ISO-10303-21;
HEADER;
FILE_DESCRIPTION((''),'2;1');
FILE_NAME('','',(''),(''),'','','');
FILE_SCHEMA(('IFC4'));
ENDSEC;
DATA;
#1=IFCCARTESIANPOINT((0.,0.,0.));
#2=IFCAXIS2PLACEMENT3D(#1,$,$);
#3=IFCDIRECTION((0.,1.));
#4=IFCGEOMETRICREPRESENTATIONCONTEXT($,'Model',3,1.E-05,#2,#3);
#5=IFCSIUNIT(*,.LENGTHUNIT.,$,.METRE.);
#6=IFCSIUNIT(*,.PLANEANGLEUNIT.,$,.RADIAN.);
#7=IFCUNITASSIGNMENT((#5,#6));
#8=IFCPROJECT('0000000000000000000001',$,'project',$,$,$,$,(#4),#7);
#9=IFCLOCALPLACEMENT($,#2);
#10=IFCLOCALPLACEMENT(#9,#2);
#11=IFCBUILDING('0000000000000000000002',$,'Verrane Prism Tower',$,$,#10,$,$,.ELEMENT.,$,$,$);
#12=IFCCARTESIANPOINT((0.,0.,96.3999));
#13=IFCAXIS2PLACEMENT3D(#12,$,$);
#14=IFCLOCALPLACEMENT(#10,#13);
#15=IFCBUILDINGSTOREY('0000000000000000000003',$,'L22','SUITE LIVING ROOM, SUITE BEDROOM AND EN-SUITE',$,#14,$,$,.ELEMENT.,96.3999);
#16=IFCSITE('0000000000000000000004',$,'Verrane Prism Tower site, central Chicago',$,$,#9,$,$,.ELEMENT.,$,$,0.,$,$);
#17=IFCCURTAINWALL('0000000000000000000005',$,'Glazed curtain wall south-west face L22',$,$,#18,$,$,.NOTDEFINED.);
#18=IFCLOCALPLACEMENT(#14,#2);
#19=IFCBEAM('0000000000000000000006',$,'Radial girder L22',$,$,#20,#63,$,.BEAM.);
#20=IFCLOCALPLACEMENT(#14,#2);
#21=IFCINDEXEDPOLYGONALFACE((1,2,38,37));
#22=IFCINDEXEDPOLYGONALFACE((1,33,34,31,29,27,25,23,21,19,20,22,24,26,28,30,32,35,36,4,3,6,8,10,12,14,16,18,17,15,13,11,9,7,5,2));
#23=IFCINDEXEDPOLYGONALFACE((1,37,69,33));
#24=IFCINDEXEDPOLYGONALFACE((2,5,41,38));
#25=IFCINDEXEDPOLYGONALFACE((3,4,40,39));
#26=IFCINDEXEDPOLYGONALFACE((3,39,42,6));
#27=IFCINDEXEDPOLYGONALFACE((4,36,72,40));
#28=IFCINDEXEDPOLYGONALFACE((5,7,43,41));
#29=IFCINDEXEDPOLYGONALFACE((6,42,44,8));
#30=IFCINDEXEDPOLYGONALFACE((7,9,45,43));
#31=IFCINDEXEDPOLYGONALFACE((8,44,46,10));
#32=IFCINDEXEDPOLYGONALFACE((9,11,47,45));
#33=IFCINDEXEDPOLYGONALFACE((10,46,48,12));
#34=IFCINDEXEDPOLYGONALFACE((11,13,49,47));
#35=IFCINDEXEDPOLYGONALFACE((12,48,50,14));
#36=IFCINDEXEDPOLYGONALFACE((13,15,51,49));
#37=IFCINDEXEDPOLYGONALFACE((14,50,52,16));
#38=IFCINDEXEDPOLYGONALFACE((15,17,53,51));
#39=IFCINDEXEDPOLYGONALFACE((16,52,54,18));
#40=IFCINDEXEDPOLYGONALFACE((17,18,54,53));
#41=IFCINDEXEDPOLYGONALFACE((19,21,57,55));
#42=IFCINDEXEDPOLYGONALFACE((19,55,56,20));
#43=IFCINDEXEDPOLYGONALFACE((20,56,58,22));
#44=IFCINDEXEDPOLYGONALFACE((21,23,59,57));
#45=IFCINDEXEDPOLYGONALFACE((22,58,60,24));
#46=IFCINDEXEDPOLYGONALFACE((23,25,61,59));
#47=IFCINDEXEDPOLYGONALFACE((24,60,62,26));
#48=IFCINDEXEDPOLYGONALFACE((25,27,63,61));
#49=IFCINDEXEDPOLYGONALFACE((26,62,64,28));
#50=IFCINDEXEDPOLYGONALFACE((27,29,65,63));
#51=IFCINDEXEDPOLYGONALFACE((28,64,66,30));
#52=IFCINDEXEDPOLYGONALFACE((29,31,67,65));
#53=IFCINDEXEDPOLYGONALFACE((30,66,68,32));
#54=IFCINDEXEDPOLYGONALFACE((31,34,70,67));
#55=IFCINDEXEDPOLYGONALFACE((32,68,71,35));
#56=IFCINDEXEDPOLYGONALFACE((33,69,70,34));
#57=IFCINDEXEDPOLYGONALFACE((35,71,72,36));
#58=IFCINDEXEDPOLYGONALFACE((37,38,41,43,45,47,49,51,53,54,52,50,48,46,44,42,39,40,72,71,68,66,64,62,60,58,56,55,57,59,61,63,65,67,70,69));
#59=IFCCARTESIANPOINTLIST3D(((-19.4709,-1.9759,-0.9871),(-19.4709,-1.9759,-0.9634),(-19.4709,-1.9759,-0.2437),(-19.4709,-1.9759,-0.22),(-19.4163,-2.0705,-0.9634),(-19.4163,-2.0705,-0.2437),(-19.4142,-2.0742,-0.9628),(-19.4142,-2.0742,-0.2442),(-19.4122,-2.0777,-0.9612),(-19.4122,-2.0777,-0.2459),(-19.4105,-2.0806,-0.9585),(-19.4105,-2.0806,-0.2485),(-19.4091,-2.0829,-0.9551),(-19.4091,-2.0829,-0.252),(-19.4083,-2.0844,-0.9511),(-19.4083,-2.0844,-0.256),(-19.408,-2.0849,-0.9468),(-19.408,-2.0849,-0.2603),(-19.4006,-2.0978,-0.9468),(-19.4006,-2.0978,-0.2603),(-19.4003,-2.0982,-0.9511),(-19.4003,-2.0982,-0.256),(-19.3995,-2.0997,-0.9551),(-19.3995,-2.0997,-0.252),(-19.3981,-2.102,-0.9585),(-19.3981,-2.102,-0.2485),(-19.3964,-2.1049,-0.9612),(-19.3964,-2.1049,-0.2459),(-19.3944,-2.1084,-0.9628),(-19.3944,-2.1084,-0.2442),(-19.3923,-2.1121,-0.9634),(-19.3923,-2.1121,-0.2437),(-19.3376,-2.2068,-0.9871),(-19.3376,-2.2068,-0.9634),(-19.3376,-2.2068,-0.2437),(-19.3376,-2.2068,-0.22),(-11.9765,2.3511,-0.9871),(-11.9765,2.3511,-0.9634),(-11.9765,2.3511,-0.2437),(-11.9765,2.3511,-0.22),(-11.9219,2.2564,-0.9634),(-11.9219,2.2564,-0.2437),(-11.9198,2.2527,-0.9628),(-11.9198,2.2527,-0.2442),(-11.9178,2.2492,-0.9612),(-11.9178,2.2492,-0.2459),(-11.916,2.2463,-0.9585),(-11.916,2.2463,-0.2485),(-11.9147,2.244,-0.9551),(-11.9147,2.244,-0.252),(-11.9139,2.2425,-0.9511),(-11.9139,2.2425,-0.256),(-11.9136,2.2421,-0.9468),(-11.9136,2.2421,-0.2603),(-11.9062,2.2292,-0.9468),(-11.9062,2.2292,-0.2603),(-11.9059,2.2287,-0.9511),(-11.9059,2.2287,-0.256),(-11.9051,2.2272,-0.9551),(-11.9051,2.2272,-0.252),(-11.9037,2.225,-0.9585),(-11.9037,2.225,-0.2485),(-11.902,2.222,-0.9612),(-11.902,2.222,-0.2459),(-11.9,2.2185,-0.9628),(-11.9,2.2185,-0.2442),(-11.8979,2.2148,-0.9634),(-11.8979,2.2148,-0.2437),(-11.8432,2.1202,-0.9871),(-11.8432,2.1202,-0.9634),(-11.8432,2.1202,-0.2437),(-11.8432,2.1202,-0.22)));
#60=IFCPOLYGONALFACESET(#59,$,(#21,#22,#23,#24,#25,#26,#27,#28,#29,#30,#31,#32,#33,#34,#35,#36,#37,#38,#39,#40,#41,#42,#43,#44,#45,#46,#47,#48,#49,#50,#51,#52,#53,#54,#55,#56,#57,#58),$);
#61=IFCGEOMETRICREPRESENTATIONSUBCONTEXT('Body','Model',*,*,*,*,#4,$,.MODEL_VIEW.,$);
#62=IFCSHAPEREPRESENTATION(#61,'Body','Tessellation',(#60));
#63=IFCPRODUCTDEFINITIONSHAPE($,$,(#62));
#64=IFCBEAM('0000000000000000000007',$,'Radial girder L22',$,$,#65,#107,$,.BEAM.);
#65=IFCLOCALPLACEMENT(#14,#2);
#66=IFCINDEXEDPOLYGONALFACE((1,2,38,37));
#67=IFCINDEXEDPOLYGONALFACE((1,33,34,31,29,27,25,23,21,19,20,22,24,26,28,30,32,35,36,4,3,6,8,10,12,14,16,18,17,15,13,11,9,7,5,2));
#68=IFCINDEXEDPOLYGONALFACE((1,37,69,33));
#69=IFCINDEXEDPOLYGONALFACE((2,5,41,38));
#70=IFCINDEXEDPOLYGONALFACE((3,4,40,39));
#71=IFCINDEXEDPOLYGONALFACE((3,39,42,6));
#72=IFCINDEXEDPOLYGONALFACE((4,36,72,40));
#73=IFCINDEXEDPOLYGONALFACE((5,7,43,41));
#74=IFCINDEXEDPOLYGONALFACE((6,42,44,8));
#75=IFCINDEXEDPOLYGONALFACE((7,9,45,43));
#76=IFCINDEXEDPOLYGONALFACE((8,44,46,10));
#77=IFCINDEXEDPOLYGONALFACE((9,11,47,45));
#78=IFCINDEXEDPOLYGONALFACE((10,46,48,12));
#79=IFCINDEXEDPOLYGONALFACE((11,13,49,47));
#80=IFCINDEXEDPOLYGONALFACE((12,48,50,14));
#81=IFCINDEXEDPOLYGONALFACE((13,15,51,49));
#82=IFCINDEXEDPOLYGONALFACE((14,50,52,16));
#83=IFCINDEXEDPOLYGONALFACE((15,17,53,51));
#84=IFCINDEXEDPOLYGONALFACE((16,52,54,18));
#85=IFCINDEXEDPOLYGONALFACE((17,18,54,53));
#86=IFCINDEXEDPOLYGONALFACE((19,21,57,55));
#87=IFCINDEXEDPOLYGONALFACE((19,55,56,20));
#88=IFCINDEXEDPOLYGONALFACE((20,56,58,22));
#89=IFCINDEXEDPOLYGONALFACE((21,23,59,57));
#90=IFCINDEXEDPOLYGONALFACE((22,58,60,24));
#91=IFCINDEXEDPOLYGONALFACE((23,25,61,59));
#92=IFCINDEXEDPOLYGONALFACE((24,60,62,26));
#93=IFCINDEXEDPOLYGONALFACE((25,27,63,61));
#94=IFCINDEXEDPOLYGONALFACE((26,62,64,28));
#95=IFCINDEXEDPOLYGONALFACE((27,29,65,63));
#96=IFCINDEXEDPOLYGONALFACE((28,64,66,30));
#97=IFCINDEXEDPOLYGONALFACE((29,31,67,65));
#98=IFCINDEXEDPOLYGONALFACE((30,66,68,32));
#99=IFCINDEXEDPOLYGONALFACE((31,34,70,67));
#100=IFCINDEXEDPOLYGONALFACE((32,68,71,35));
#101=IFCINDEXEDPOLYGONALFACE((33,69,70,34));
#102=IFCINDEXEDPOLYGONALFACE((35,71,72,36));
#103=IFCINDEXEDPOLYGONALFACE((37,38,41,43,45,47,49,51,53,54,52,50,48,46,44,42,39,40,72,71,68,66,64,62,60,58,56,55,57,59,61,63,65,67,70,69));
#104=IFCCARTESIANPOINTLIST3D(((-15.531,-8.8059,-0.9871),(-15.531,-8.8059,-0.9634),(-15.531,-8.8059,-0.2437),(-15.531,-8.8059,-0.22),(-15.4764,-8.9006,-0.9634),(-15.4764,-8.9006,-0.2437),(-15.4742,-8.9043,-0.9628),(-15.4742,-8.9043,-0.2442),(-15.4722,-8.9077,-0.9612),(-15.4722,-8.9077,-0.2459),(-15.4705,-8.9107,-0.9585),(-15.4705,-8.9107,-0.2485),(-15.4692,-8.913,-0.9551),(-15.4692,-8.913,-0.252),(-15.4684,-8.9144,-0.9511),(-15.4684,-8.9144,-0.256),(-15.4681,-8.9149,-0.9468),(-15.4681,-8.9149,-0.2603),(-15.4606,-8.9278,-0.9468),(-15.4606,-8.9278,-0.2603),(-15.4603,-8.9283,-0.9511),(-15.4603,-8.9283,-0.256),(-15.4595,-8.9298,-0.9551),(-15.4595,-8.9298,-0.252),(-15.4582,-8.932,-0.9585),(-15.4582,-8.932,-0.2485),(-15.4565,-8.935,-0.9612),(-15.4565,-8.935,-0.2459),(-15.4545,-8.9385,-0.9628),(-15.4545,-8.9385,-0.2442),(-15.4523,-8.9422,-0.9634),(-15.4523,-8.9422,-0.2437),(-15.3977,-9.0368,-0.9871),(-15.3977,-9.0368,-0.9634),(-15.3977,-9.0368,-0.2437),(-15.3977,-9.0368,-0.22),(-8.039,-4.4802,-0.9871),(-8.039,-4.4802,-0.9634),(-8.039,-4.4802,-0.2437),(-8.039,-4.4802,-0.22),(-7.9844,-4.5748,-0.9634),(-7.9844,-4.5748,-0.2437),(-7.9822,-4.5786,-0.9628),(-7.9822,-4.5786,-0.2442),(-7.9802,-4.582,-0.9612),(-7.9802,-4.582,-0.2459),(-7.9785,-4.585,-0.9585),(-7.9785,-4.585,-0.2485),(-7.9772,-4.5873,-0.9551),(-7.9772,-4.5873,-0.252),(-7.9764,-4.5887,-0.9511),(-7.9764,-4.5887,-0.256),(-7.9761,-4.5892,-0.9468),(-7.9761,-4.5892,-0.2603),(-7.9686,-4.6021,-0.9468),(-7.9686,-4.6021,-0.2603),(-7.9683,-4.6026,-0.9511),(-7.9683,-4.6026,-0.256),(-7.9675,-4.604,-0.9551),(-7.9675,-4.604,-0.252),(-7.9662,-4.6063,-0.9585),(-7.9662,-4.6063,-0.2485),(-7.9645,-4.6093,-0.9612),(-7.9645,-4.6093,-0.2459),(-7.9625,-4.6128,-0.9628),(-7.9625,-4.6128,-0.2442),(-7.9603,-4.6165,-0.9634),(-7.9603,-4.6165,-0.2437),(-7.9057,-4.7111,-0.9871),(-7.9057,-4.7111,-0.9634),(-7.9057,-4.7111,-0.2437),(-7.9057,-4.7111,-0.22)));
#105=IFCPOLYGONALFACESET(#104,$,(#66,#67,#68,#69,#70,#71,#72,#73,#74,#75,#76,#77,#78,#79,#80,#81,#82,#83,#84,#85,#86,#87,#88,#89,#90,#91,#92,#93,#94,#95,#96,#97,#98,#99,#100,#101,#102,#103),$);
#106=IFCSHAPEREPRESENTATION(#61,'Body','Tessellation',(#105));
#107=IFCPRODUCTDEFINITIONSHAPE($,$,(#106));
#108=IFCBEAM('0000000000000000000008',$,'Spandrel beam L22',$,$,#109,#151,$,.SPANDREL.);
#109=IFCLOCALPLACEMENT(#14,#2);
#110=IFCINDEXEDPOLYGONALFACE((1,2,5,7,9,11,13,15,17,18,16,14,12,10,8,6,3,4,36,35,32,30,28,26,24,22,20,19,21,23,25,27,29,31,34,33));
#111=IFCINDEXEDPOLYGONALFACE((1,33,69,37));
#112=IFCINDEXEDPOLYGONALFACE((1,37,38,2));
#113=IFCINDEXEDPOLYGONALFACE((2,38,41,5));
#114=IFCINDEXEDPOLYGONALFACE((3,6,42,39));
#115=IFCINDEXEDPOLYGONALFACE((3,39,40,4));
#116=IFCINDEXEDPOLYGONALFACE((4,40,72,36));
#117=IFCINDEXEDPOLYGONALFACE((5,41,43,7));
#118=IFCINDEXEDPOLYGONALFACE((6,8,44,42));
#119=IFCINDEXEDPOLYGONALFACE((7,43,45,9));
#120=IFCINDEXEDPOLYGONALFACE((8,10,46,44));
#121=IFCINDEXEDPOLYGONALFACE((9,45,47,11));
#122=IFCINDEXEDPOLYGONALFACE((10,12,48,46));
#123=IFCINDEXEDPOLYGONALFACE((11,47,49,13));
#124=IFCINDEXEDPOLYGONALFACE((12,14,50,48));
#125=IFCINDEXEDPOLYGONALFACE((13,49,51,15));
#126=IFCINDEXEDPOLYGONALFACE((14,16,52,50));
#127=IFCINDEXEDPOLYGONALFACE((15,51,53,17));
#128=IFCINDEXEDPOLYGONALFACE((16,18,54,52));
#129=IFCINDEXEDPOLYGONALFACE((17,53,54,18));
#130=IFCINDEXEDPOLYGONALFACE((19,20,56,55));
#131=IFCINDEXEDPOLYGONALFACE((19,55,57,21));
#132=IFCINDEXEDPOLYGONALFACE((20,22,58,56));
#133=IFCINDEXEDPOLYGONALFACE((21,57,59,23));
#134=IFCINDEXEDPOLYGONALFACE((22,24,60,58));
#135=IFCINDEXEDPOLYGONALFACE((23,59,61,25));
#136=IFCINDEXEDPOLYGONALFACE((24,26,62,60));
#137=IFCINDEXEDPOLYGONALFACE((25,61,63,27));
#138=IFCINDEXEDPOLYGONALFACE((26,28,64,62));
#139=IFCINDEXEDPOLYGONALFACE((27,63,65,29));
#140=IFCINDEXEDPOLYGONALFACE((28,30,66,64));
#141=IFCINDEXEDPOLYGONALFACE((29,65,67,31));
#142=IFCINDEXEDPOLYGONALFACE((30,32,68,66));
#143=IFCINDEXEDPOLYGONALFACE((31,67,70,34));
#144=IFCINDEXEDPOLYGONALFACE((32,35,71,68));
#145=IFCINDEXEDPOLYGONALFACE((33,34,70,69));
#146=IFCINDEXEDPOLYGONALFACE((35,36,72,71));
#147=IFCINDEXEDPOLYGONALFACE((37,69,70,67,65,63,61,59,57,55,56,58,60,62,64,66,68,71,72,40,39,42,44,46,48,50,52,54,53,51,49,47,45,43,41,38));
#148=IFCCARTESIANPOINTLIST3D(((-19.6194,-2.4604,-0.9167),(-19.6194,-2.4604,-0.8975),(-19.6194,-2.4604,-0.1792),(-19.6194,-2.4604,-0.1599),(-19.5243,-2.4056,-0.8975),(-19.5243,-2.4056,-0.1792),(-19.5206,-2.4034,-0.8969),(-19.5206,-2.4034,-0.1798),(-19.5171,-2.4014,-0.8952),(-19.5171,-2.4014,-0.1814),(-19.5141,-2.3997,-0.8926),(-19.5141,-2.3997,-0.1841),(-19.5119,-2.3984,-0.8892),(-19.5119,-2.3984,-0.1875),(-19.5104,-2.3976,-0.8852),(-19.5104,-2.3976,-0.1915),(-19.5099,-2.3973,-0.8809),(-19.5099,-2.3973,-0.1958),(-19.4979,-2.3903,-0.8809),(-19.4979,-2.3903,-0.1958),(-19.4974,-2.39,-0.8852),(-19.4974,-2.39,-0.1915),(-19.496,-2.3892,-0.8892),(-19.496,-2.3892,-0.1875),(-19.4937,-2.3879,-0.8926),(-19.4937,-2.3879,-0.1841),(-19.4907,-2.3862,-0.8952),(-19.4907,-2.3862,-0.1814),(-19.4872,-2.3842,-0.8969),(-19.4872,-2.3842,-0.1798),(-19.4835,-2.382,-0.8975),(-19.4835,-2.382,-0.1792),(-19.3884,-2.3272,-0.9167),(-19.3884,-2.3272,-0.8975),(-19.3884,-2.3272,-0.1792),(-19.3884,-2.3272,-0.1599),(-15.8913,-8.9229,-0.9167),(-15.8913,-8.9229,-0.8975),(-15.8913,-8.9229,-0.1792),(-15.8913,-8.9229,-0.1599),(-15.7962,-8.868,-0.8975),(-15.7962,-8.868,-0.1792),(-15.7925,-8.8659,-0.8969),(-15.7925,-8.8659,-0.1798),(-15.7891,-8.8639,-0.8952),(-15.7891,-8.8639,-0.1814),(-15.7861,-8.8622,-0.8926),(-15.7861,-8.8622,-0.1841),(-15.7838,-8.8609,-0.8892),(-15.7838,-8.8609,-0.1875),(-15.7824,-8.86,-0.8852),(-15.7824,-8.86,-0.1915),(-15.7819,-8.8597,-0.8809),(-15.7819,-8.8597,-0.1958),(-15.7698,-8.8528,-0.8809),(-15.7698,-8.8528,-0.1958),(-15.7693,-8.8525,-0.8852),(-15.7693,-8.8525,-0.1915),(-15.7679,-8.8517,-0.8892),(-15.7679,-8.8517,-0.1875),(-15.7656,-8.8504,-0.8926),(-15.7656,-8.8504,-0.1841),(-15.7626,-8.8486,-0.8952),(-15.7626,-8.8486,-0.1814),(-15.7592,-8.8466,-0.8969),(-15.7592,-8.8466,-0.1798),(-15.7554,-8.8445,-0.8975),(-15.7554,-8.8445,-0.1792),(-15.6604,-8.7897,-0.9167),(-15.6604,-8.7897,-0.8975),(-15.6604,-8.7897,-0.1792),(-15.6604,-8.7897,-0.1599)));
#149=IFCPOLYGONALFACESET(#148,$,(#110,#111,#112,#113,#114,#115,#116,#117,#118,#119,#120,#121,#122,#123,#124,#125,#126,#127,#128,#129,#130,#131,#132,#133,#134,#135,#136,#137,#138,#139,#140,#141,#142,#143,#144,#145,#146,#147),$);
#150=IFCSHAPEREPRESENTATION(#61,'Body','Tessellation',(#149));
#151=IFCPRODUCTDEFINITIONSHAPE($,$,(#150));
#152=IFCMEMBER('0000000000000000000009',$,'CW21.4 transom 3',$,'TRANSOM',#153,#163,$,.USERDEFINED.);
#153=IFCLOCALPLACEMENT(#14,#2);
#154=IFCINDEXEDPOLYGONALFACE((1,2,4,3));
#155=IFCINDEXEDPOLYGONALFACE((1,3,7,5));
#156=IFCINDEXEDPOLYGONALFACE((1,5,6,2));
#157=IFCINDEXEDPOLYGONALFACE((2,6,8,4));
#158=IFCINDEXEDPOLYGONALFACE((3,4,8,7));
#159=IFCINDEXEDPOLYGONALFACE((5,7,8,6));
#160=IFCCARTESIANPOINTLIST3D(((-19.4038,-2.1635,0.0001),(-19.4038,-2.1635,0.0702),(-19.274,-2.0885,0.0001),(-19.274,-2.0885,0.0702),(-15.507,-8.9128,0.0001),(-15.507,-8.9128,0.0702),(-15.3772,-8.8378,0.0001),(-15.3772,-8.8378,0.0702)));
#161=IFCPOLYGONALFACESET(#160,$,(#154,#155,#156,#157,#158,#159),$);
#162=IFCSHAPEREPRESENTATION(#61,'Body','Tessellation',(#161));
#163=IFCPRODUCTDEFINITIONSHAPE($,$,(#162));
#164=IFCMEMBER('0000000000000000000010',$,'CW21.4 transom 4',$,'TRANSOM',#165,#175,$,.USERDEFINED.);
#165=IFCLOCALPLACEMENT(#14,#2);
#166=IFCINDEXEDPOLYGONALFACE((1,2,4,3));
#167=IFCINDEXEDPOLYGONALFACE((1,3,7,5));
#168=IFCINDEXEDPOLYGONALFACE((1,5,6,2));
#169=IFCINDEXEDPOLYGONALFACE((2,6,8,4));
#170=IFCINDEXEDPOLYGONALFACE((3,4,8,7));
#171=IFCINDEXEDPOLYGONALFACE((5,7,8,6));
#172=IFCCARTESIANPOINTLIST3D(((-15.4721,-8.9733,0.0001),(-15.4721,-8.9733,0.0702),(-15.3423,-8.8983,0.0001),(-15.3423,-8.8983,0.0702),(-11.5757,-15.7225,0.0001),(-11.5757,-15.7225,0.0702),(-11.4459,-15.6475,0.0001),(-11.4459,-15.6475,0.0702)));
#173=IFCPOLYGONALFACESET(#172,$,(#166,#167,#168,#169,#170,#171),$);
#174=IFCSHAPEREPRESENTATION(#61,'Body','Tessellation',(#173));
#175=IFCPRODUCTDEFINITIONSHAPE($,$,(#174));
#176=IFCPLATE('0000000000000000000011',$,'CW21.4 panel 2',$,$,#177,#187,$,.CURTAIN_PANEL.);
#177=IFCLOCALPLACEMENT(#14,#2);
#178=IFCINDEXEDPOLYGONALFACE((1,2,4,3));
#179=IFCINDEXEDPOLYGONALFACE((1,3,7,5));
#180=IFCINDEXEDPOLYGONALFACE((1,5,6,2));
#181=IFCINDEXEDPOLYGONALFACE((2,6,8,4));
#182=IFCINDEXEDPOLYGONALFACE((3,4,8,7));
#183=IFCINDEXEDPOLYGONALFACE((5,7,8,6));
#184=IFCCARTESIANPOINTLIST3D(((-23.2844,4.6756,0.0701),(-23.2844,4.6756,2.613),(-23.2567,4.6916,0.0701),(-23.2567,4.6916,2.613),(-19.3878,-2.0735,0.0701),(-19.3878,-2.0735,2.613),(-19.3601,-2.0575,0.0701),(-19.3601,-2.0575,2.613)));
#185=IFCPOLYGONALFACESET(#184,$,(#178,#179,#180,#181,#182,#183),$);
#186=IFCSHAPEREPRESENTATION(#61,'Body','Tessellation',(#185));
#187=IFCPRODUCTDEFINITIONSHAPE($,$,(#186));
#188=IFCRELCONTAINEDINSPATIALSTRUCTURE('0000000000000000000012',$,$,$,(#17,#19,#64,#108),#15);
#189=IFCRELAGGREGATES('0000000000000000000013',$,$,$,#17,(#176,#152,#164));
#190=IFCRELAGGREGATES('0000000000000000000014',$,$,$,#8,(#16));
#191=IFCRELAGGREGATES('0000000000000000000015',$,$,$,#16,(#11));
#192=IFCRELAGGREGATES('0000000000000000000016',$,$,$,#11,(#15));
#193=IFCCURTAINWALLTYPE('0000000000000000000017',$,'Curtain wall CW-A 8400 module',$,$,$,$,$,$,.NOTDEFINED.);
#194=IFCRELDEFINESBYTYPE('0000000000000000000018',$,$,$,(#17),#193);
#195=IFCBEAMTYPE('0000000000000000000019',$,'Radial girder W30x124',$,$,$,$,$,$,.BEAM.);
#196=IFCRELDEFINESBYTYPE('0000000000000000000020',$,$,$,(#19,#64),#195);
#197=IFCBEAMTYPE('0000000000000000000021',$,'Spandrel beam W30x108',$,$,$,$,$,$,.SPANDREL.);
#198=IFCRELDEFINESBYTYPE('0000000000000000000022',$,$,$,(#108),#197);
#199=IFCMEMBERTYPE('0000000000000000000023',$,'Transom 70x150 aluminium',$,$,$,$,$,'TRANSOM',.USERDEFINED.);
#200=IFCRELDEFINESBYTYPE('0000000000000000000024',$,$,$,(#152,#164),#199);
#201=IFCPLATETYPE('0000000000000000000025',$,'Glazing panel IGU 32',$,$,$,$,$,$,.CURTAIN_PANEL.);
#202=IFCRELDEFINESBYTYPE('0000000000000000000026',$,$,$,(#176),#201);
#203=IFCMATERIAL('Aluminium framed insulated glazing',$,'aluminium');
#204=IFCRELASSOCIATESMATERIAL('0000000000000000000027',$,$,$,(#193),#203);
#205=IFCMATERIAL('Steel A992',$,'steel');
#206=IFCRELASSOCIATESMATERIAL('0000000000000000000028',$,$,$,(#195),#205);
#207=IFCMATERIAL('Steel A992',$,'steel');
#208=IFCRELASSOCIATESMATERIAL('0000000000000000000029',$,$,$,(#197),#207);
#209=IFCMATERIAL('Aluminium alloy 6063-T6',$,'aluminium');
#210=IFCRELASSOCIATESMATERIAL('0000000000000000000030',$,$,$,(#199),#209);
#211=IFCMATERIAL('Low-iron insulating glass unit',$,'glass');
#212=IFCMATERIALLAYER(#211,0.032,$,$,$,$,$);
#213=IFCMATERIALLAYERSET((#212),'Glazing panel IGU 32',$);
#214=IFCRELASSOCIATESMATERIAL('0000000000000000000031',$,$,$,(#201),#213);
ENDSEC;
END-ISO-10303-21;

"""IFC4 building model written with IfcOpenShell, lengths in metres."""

from ifc_helpers import new_model, si_unit, direction, frame, origin, origin_2d, place, context, subcontext, project, spatial, rectangle, i_section, extrude, material, layer, layer_set, material_profile, profile_set, type_object, element, aggregate, save


model = new_model("IFC4")

# Units and contexts
model_context = context("Model", 3, precision=1e-05, world=origin(), true_north=direction((0.0, 1.0)))
body_context = subcontext(model_context, "Body", "Model", "MODEL_VIEW")
ifc_project = project(units=[si_unit("LENGTHUNIT", "METRE"), si_unit("PLANEANGLEUNIT", "RADIAN")], contexts=[model_context])

# Site, building, storey
site_placement = place(None, origin())
site = spatial("IfcSite", under=ifc_project, at=site_placement, Name="Verrane Prism Tower site, central Chicago", CompositionType="ELEMENT", RefElevation=0.0)
building_placement = place(site_placement, origin())
building = spatial("IfcBuilding", under=site, at=building_placement, Name="Verrane Prism Tower", CompositionType="ELEMENT")
storey_placement = place(building_placement, frame((0.0, 0.0, 96.3999)))
storey = spatial("IfcBuildingStorey", under=building, at=storey_placement, Name="L22", Description="SUITE LIVING ROOM, SUITE BEDROOM AND EN-SUITE", CompositionType="ELEMENT", Elevation=96.3999)

# Curtain wall
ifc_material_1 = material(Name="Aluminium framed insulated glazing", Category="aluminium")
curtain_wall_type = type_object("IfcCurtainWallType", Name="Curtain wall CW-A 8400 module", PredefinedType="NOTDEFINED", material=ifc_material_1)
curtain_wall_placement = place(storey_placement, origin())
curtain_wall = element("IfcCurtainWall", 1, at=curtain_wall_placement, inside=storey, type_object=curtain_wall_type, Name="Glazed curtain wall south-west face L22", PredefinedType="NOTDEFINED")

# Beams
ifc_material_2 = material(Name="Steel A992", Category="steel")
ifc_material_profile_1 = material_profile(ifc_material_2, i_section(OverallWidth=0.2666, OverallDepth=0.7671, WebThickness=0.0149, FlangeThickness=0.0237, FilletRadius=0.0166, at=origin_2d()), Name="W30x124")
ifc_profile_set_1 = profile_set([ifc_material_profile_1], Name="Steel A992")
beam_type_1 = type_object("IfcBeamType", Name="Radial girder W30x124", PredefinedType="BEAM", material=ifc_profile_set_1)
beam_1_placement = place(storey_placement, frame((-19.4043, -2.0913, -0.6035), z_axis=(0.866024, 0.500002, 0.0), x_axis=(-0.500002, 0.866024, 0.0)))
element("IfcBeam", 2, at=beam_1_placement, inside=storey, type_object=beam_type_1, Name="Radial girder L22", PredefinedType="BEAM", context=body_context, shape_type="SweptSolid", body=[
    extrude(i_section(OverallWidth=0.2666, OverallDepth=0.7671, WebThickness=0.0149, FlangeThickness=0.0237, FilletRadius=0.0166, at=origin_2d()), origin(), (0.0, 0.0, 1.0), 8.6538),
])
beam_2_placement = place(storey_placement, frame((-15.4644, -8.9214, -0.6035), z_axis=(0.866015, 0.500018, 0.0), x_axis=(-0.500018, 0.866015, 0.0)))
element("IfcBeam", 3, at=beam_2_placement, inside=storey, type_object=beam_type_1, Name="Radial girder L22", PredefinedType="BEAM", context=body_context, shape_type="SweptSolid", body=[
    extrude(i_section(OverallWidth=0.2666, OverallDepth=0.7671, WebThickness=0.0149, FlangeThickness=0.0237, FilletRadius=0.0166, at=origin_2d()), origin(), (0.0, 0.0, 1.0), 8.6511),
])
ifc_material_3 = material(Name="Steel A992", Category="steel")
ifc_material_profile_2 = material_profile(ifc_material_3, i_section(OverallWidth=0.2666, OverallDepth=0.7568, WebThickness=0.0139, FlangeThickness=0.0193, FilletRadius=0.0166, at=origin_2d()), Name="W30x108")
ifc_profile_set_2 = profile_set([ifc_material_profile_2], Name="Steel A992")
beam_type_2 = type_object("IfcBeamType", Name="Spandrel beam W30x108", PredefinedType="SPANDREL", material=ifc_profile_set_2)
beam_3_placement = place(storey_placement, frame((-19.5039, -2.3938, -0.5383), z_axis=(0.499694, -0.866202, 0.0), x_axis=(0.866202, 0.499694, 0.0)))
element("IfcBeam", 4, at=beam_3_placement, inside=storey, type_object=beam_type_2, Name="Spandrel beam L22", PredefinedType="SPANDREL", context=body_context, shape_type="SweptSolid", body=[
    extrude(i_section(OverallWidth=0.2666, OverallDepth=0.7568, WebThickness=0.0139, FlangeThickness=0.0193, FilletRadius=0.0166, at=origin_2d()), origin(), (0.0, 0.0, 1.0), 7.4607),
])

# Members
ifc_material_4 = material(Name="Aluminium alloy 6063-T6", Category="aluminium")
ifc_material_profile_3 = material_profile(ifc_material_4, rectangle(XDim=0.1499, YDim=0.0701, at=origin_2d()), Name="Transom 70x150 aluminium")
ifc_profile_set_3 = profile_set([ifc_material_profile_3], Name="Aluminium alloy 6063-T6")
member_type_1 = type_object("IfcMemberType", Name="Transom 70x150 aluminium", ElementType="TRANSOM", PredefinedType="USERDEFINED", material=ifc_profile_set_3)
member_1_placement = place(storey_placement, frame((-19.3389, -2.126, 0.0352), z_axis=(0.500004, -0.866023, 0.0), x_axis=(0.866023, 0.500004, 0.0)))
member_1 = element("IfcMember", 5, at=member_1_placement, type_object=member_type_1, Name="CW21.4 transom 3", ObjectType="TRANSOM", PredefinedType="USERDEFINED", context=body_context, shape_type="SweptSolid", body=[
    extrude(rectangle(XDim=0.1499, YDim=0.0701, at=origin_2d()), origin(), (0.0, 0.0, 1.0), 7.7935),
])
member_2_placement = place(storey_placement, frame((-15.4072, -8.9358, 0.0352), z_axis=(0.49998, -0.866037, 0.0), x_axis=(0.866037, 0.49998, 0.0)))
member_2 = element("IfcMember", 6, at=member_2_placement, type_object=member_type_1, Name="CW21.4 transom 4", ObjectType="TRANSOM", PredefinedType="USERDEFINED", context=body_context, shape_type="SweptSolid", body=[
    extrude(rectangle(XDim=0.1499, YDim=0.0701, at=origin_2d()), origin(), (0.0, 0.0, 1.0), 7.7932),
])

# Plate
ifc_material_5 = material(Name="Low-iron insulating glass unit", Category="glass")
ifc_layer_1 = layer(ifc_material_5, 0.032)
ifc_layer_set_1 = layer_set([ifc_layer_1], Name="Glazing panel IGU 32")
plate_type = type_object("IfcPlateType", Name="Glazing panel IGU 32", PredefinedType="CURTAIN_PANEL", material=ifc_layer_set_1)
plate_1_placement = place(storey_placement, frame((-21.3223, 1.3091, 0.0701), z_axis=(0.0, 0.0, 1.0), x_axis=(0.5, -0.866026, 0.0)))
plate_1 = element("IfcPlate", 7, at=plate_1_placement, type_object=plate_type, Name="CW21.4 panel 2", PredefinedType="CURTAIN_PANEL", context=body_context, shape_type="SweptSolid", body=[
    extrude(rectangle(XDim=7.7932, YDim=0.032, at=origin_2d()), origin(), (0.0, 0.0, 1.0), 2.543),
])
aggregate(curtain_wall, [plate_1, member_1, member_2])

save(model, "model.ifc")
